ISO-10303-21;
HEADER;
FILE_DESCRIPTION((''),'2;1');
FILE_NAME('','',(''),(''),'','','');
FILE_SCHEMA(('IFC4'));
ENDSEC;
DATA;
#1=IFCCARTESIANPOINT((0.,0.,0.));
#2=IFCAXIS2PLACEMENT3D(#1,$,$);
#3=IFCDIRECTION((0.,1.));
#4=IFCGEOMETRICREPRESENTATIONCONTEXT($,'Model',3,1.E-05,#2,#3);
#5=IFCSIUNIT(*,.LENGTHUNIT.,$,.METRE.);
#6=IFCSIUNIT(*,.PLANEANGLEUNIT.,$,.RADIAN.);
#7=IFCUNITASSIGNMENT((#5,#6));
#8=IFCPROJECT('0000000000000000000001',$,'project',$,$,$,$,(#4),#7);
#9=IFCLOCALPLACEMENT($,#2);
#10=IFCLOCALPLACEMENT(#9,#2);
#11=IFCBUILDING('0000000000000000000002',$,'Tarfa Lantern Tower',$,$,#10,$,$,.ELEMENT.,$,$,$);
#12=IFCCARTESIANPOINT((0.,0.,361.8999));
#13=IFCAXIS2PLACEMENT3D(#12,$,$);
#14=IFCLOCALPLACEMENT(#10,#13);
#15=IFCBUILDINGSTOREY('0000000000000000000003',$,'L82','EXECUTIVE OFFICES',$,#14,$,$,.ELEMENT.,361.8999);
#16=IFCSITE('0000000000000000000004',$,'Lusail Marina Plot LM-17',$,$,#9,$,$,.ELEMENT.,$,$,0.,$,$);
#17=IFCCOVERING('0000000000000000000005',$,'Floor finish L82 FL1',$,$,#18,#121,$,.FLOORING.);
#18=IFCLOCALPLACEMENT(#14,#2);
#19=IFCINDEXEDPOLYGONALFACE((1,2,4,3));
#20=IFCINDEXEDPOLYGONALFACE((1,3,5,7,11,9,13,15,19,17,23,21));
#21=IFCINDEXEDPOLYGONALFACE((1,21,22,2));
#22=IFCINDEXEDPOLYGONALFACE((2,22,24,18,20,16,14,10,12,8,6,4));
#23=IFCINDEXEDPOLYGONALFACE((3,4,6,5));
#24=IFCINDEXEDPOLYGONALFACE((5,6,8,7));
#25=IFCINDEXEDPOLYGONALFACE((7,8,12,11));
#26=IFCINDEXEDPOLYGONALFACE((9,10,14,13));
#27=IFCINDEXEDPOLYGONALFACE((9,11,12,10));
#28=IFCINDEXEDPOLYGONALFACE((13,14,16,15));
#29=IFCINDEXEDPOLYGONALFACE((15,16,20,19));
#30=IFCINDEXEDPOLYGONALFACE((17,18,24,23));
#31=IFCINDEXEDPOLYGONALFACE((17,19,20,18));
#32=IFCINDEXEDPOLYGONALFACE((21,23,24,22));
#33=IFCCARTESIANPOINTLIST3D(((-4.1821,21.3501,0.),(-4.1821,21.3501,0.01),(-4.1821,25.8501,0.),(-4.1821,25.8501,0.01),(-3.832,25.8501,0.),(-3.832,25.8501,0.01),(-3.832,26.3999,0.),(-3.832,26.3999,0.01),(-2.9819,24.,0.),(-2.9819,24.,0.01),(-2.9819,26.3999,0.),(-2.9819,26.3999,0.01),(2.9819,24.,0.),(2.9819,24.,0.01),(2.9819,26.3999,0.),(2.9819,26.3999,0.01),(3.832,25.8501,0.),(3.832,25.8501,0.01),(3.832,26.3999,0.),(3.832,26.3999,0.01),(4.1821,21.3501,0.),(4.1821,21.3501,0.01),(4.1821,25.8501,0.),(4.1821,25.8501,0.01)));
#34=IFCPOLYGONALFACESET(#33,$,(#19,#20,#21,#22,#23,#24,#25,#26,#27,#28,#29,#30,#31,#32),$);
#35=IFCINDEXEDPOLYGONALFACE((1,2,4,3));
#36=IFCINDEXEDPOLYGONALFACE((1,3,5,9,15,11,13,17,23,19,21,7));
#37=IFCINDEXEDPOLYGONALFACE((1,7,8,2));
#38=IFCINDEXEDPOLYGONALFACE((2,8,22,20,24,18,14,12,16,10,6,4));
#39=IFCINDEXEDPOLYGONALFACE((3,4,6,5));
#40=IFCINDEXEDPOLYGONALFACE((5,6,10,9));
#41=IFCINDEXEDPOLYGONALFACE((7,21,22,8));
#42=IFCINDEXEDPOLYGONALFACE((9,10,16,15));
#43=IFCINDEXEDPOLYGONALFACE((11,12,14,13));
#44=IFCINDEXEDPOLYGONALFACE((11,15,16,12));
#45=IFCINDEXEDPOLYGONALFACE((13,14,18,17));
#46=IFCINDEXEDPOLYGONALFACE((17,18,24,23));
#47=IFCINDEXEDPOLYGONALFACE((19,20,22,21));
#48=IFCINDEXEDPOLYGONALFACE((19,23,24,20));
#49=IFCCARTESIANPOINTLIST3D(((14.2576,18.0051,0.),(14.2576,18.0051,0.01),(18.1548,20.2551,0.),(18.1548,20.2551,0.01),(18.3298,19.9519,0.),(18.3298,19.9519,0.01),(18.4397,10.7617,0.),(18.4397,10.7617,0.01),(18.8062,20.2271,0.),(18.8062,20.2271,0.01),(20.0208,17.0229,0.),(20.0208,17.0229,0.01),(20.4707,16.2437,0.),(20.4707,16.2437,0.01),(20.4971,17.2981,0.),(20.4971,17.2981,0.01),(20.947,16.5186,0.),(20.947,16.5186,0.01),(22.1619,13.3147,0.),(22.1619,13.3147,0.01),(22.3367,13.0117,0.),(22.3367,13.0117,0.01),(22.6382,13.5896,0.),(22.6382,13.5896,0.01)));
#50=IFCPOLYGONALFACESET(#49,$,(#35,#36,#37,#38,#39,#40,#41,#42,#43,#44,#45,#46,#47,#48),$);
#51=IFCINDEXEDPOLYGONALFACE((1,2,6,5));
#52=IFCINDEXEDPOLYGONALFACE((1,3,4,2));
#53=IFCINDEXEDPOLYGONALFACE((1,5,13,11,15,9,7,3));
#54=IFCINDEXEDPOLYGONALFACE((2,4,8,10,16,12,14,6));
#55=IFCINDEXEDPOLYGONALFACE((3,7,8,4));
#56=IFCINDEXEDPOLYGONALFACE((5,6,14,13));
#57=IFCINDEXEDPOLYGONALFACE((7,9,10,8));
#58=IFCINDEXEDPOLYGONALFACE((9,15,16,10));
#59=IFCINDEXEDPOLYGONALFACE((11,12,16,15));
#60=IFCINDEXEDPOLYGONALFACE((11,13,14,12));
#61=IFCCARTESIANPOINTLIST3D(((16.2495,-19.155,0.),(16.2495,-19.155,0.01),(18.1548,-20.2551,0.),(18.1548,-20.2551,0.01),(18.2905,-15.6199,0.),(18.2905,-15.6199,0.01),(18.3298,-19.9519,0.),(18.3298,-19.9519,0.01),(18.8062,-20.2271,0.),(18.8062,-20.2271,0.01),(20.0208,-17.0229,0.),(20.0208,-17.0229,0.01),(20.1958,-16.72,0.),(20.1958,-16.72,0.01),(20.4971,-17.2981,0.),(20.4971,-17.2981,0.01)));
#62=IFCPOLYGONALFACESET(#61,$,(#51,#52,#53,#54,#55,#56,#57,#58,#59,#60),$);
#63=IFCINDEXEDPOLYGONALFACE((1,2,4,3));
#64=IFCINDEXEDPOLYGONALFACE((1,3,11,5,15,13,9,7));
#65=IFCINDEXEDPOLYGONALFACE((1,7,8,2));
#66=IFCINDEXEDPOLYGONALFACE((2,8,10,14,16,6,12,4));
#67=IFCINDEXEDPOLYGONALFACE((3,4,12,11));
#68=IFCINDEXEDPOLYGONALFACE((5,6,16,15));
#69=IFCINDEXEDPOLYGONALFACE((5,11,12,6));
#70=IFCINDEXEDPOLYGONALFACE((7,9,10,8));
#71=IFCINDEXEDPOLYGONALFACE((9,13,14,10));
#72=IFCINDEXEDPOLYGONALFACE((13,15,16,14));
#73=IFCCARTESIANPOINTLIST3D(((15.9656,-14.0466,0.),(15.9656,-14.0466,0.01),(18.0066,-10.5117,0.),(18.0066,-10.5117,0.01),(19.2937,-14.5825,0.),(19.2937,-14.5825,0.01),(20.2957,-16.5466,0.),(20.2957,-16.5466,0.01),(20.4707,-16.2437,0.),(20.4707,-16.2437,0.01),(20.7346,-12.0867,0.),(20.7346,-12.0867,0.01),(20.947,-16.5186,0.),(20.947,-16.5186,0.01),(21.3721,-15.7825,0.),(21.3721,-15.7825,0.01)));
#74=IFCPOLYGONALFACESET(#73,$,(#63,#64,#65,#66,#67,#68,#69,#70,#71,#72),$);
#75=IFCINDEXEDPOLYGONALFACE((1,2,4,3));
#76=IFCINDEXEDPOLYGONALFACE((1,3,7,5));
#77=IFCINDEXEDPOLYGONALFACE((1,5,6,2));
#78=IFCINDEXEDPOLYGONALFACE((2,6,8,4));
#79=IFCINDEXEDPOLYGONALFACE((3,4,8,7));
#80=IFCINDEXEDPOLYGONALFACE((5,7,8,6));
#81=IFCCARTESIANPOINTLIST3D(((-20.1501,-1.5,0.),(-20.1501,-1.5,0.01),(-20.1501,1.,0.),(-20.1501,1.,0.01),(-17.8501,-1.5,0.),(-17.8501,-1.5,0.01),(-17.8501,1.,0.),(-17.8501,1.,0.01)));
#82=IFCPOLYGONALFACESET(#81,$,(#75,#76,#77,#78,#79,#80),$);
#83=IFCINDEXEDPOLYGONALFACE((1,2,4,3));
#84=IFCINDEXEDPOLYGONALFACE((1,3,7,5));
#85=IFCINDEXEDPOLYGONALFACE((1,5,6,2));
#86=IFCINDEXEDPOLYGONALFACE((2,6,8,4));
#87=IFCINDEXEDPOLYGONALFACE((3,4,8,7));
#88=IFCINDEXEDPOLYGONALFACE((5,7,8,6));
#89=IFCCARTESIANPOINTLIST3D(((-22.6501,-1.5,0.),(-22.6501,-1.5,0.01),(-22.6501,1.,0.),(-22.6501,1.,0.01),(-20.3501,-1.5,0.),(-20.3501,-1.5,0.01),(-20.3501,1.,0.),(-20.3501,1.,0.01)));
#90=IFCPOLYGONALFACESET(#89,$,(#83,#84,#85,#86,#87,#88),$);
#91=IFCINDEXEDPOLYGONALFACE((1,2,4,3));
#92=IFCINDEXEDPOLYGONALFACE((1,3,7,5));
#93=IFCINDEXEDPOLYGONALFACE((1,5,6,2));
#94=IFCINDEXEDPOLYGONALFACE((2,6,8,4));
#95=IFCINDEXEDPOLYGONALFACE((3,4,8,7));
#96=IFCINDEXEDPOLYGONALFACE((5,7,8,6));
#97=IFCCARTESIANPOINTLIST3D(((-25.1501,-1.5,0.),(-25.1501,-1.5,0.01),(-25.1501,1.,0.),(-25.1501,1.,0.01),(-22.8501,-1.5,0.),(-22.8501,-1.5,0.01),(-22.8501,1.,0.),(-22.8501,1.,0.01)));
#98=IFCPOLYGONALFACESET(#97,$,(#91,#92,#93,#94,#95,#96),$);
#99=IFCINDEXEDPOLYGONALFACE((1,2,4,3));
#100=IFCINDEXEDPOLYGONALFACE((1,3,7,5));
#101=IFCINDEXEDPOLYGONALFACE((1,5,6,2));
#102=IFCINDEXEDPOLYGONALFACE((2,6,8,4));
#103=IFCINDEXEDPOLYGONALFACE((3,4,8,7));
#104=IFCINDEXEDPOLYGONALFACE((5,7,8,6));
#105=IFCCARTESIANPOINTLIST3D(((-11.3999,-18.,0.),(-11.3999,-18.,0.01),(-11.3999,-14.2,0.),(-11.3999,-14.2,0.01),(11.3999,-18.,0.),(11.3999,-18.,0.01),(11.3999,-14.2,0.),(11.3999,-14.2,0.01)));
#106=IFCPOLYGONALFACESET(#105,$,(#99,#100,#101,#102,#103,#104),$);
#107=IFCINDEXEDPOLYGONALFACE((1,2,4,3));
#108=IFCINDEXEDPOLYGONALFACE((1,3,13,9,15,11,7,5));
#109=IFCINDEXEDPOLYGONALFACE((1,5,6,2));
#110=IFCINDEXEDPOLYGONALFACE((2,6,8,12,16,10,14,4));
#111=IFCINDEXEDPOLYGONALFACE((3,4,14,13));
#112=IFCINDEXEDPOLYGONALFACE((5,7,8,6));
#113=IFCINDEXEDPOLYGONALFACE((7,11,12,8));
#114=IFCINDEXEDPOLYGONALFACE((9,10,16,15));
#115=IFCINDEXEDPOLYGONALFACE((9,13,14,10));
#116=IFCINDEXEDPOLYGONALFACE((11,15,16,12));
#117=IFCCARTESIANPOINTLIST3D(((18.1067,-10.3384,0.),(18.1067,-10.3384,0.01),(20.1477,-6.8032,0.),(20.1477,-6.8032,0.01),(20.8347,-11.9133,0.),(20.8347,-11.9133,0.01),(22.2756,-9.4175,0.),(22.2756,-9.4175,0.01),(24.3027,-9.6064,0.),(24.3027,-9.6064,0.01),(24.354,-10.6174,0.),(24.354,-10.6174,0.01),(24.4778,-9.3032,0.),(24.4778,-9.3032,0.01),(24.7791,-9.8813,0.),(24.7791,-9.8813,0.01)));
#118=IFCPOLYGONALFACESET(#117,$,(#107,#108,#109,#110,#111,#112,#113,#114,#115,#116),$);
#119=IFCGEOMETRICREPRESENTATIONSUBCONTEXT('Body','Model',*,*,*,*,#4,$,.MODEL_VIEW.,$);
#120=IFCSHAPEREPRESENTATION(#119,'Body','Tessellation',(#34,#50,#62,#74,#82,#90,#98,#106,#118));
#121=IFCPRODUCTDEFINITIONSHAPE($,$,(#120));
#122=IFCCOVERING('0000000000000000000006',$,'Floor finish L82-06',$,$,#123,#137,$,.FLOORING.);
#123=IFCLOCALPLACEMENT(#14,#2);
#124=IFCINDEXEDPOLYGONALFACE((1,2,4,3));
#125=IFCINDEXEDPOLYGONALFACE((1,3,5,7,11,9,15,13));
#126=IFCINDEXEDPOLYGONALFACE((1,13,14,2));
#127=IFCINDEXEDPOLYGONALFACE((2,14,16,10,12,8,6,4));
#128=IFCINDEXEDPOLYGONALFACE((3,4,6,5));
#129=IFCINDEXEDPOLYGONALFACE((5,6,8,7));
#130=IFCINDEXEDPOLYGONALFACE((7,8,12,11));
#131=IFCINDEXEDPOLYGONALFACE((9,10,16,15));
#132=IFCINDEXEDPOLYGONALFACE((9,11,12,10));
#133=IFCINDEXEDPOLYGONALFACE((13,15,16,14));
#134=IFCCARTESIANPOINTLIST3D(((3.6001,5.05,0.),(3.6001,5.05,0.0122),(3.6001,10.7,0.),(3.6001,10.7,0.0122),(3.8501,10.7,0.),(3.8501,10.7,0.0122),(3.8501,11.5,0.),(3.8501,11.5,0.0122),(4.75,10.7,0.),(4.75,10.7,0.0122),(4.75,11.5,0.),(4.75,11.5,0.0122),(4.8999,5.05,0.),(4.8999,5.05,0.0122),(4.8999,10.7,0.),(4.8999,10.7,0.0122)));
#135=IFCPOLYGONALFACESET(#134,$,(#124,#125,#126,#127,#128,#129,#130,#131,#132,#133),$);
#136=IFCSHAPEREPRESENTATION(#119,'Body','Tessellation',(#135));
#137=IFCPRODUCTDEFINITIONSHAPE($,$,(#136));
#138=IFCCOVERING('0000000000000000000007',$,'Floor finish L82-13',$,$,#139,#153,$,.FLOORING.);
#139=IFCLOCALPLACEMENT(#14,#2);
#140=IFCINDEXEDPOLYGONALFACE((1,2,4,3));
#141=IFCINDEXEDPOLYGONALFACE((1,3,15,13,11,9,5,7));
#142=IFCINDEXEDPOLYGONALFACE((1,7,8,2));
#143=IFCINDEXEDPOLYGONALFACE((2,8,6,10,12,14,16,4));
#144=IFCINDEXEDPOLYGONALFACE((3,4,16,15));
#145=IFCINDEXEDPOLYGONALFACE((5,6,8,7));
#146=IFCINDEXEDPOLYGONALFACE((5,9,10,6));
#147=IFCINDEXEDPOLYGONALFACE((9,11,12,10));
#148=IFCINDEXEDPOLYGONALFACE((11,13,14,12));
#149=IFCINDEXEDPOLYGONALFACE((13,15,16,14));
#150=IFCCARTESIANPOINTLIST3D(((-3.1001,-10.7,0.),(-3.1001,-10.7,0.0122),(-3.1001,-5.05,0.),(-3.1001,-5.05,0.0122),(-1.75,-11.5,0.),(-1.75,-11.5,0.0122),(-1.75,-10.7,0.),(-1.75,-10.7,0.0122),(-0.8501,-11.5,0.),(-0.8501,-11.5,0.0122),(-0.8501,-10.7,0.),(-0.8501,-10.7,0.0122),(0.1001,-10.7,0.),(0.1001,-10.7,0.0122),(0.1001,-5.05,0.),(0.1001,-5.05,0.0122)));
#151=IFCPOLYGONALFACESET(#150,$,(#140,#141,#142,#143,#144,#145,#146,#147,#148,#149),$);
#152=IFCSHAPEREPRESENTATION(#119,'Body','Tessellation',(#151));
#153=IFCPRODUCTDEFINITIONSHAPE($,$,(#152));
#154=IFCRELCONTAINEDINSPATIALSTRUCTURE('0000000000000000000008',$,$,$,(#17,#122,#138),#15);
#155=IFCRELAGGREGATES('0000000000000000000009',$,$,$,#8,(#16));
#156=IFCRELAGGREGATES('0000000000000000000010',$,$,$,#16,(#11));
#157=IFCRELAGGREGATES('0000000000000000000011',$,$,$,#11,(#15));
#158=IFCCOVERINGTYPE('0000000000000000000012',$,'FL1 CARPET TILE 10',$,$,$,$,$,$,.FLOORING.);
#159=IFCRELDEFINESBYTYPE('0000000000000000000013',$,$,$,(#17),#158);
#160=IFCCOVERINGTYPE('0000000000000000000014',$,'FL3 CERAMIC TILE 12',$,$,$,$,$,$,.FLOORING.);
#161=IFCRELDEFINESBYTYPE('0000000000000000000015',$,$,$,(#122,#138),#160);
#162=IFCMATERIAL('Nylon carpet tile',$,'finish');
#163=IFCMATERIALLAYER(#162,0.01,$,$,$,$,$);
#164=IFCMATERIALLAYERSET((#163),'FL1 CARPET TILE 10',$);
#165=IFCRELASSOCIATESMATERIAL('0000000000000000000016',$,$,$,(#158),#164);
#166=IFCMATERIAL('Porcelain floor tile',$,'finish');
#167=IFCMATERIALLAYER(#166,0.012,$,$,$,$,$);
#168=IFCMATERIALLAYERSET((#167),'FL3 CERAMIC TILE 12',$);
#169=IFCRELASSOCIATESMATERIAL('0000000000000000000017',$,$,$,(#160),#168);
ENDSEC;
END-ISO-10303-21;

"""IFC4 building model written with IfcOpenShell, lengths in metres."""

from ifc_helpers import new_model, si_unit, direction, frame, origin, place, context, subcontext, project, spatial, polyline, outline, extrude, material, layer, layer_set, type_object, element, save


model = new_model("IFC4")

# Units and contexts
model_context = context("Model", 3, precision=1e-05, world=origin(), true_north=direction((0.0, 1.0)))
body_context = subcontext(model_context, "Body", "Model", "MODEL_VIEW")
ifc_project = project(units=[si_unit("LENGTHUNIT", "METRE"), si_unit("PLANEANGLEUNIT", "RADIAN")], contexts=[model_context])

# Site, building, storey
site_placement = place(None, origin())
site = spatial("IfcSite", under=ifc_project, at=site_placement, Name="Lusail Marina Plot LM-17", CompositionType="ELEMENT", RefElevation=0.0)
building_placement = place(site_placement, origin())
building = spatial("IfcBuilding", under=site, at=building_placement, Name="Tarfa Lantern Tower", CompositionType="ELEMENT")
storey_placement = place(building_placement, frame((0.0, 0.0, 361.8999)))
storey = spatial("IfcBuildingStorey", under=building, at=storey_placement, Name="L82", Description="EXECUTIVE OFFICES", CompositionType="ELEMENT", Elevation=361.8999)

# Coverings
ifc_material_1 = material(Name="Nylon carpet tile", Category="finish")
ifc_layer_1 = layer(ifc_material_1, 0.01)
ifc_layer_set_1 = layer_set([ifc_layer_1], Name="FL1 CARPET TILE 10")
covering_type_1 = type_object("IfcCoveringType", Name="FL1 CARPET TILE 10", PredefinedType="FLOORING", material=ifc_layer_set_1)
covering_1_placement = place(storey_placement, origin())
element("IfcCovering", 1, at=covering_1_placement, inside=storey, type_object=covering_type_1, Name="Floor finish L82 FL1", PredefinedType="FLOORING", context=body_context, shape_type="SweptSolid", body=[
    extrude(outline(polyline([(4.1821, 21.3501), (-4.1821, 21.3501), (-4.1821, 25.8501), (-3.832, 25.8501), (-3.832, 26.3999), (-2.9819, 26.3999), (-2.9819, 24.0), (2.9819, 24.0), (2.9819, 26.3999), (3.832, 26.3999), (3.832, 25.8501), (4.1821, 25.8501), (4.1821, 21.3501)])), origin(), (0.0, 0.0, 1.0), 0.01),
    extrude(outline(polyline([(14.2576, 18.0051), (18.1548, 20.2551), (18.3298, 19.9519), (18.8062, 20.2271), (20.4971, 17.2981), (20.0208, 17.0229), (20.4707, 16.2437), (20.947, 16.5186), (22.6382, 13.5896), (22.1619, 13.3147), (22.3367, 13.0117), (18.4397, 10.7617), (14.2576, 18.0051)])), origin(), (0.0, 0.0, 1.0), 0.01),
    extrude(outline(polyline([(16.2495, -19.155), (18.2905, -15.6199), (20.1958, -16.72), (20.0208, -17.0229), (20.4971, -17.2981), (18.8062, -20.2271), (18.3298, -19.9519), (18.1548, -20.2551), (16.2495, -19.155)])), origin(), (0.0, 0.0, 1.0), 0.01),
    extrude(outline(polyline([(18.0066, -10.5117), (20.7346, -12.0867), (19.2937, -14.5825), (21.3721, -15.7825), (20.947, -16.5186), (20.4707, -16.2437), (20.2957, -16.5466), (15.9656, -14.0466), (18.0066, -10.5117)])), origin(), (0.0, 0.0, 1.0), 0.01),
    extrude(outline(polyline([(-20.1501, 1.0), (-17.8501, 1.0), (-17.8501, -1.5), (-20.1501, -1.5), (-20.1501, 1.0)])), origin(), (0.0, 0.0, 1.0), 0.01),
    extrude(outline(polyline([(-22.6501, 1.0), (-20.3501, 1.0), (-20.3501, -1.5), (-22.6501, -1.5), (-22.6501, 1.0)])), origin(), (0.0, 0.0, 1.0), 0.01),
    extrude(outline(polyline([(-25.1501, 1.0), (-22.8501, 1.0), (-22.8501, -1.5), (-25.1501, -1.5), (-25.1501, 1.0)])), origin(), (0.0, 0.0, 1.0), 0.01),
    extrude(outline(polyline([(-11.3999, -14.2), (11.3999, -14.2), (11.3999, -18.0), (-11.3999, -18.0), (-11.3999, -14.2)])), origin(), (0.0, 0.0, 1.0), 0.01),
    extrude(outline(polyline([(20.1477, -6.8032), (24.4778, -9.3032), (24.3027, -9.6064), (24.7791, -9.8813), (24.354, -10.6174), (22.2756, -9.4175), (20.8347, -11.9133), (18.1067, -10.3384), (20.1477, -6.8032)])), origin(), (0.0, 0.0, 1.0), 0.01),
])
ifc_material_2 = material(Name="Porcelain floor tile", Category="finish")
ifc_layer_2 = layer(ifc_material_2, 0.012)
ifc_layer_set_2 = layer_set([ifc_layer_2], Name="FL3 CERAMIC TILE 12")
covering_type_2 = type_object("IfcCoveringType", Name="FL3 CERAMIC TILE 12", PredefinedType="FLOORING", material=ifc_layer_set_2)
covering_2_placement = place(storey_placement, origin())
element("IfcCovering", 2, at=covering_2_placement, inside=storey, type_object=covering_type_2, Name="Floor finish L82-06", PredefinedType="FLOORING", context=body_context, shape_type="SweptSolid", body=[
    extrude(outline(polyline([(3.6001, 5.05), (4.8999, 5.05), (4.8999, 10.7), (4.75, 10.7), (4.75, 11.5), (3.8501, 11.5), (3.8501, 10.7), (3.6001, 10.7), (3.6001, 5.05)])), origin(), (0.0, 0.0, 1.0), 0.0122),
])
covering_3_placement = place(storey_placement, origin())
element("IfcCovering", 3, at=covering_3_placement, inside=storey, type_object=covering_type_2, Name="Floor finish L82-13", PredefinedType="FLOORING", context=body_context, shape_type="SweptSolid", body=[
    extrude(outline(polyline([(-0.8501, -10.7), (0.1001, -10.7), (0.1001, -5.05), (-3.1001, -5.05), (-3.1001, -10.7), (-1.75, -10.7), (-1.75, -11.5), (-0.8501, -11.5), (-0.8501, -10.7)])), origin(), (0.0, 0.0, 1.0), 0.0122),
])

save(model, "model.ifc")
